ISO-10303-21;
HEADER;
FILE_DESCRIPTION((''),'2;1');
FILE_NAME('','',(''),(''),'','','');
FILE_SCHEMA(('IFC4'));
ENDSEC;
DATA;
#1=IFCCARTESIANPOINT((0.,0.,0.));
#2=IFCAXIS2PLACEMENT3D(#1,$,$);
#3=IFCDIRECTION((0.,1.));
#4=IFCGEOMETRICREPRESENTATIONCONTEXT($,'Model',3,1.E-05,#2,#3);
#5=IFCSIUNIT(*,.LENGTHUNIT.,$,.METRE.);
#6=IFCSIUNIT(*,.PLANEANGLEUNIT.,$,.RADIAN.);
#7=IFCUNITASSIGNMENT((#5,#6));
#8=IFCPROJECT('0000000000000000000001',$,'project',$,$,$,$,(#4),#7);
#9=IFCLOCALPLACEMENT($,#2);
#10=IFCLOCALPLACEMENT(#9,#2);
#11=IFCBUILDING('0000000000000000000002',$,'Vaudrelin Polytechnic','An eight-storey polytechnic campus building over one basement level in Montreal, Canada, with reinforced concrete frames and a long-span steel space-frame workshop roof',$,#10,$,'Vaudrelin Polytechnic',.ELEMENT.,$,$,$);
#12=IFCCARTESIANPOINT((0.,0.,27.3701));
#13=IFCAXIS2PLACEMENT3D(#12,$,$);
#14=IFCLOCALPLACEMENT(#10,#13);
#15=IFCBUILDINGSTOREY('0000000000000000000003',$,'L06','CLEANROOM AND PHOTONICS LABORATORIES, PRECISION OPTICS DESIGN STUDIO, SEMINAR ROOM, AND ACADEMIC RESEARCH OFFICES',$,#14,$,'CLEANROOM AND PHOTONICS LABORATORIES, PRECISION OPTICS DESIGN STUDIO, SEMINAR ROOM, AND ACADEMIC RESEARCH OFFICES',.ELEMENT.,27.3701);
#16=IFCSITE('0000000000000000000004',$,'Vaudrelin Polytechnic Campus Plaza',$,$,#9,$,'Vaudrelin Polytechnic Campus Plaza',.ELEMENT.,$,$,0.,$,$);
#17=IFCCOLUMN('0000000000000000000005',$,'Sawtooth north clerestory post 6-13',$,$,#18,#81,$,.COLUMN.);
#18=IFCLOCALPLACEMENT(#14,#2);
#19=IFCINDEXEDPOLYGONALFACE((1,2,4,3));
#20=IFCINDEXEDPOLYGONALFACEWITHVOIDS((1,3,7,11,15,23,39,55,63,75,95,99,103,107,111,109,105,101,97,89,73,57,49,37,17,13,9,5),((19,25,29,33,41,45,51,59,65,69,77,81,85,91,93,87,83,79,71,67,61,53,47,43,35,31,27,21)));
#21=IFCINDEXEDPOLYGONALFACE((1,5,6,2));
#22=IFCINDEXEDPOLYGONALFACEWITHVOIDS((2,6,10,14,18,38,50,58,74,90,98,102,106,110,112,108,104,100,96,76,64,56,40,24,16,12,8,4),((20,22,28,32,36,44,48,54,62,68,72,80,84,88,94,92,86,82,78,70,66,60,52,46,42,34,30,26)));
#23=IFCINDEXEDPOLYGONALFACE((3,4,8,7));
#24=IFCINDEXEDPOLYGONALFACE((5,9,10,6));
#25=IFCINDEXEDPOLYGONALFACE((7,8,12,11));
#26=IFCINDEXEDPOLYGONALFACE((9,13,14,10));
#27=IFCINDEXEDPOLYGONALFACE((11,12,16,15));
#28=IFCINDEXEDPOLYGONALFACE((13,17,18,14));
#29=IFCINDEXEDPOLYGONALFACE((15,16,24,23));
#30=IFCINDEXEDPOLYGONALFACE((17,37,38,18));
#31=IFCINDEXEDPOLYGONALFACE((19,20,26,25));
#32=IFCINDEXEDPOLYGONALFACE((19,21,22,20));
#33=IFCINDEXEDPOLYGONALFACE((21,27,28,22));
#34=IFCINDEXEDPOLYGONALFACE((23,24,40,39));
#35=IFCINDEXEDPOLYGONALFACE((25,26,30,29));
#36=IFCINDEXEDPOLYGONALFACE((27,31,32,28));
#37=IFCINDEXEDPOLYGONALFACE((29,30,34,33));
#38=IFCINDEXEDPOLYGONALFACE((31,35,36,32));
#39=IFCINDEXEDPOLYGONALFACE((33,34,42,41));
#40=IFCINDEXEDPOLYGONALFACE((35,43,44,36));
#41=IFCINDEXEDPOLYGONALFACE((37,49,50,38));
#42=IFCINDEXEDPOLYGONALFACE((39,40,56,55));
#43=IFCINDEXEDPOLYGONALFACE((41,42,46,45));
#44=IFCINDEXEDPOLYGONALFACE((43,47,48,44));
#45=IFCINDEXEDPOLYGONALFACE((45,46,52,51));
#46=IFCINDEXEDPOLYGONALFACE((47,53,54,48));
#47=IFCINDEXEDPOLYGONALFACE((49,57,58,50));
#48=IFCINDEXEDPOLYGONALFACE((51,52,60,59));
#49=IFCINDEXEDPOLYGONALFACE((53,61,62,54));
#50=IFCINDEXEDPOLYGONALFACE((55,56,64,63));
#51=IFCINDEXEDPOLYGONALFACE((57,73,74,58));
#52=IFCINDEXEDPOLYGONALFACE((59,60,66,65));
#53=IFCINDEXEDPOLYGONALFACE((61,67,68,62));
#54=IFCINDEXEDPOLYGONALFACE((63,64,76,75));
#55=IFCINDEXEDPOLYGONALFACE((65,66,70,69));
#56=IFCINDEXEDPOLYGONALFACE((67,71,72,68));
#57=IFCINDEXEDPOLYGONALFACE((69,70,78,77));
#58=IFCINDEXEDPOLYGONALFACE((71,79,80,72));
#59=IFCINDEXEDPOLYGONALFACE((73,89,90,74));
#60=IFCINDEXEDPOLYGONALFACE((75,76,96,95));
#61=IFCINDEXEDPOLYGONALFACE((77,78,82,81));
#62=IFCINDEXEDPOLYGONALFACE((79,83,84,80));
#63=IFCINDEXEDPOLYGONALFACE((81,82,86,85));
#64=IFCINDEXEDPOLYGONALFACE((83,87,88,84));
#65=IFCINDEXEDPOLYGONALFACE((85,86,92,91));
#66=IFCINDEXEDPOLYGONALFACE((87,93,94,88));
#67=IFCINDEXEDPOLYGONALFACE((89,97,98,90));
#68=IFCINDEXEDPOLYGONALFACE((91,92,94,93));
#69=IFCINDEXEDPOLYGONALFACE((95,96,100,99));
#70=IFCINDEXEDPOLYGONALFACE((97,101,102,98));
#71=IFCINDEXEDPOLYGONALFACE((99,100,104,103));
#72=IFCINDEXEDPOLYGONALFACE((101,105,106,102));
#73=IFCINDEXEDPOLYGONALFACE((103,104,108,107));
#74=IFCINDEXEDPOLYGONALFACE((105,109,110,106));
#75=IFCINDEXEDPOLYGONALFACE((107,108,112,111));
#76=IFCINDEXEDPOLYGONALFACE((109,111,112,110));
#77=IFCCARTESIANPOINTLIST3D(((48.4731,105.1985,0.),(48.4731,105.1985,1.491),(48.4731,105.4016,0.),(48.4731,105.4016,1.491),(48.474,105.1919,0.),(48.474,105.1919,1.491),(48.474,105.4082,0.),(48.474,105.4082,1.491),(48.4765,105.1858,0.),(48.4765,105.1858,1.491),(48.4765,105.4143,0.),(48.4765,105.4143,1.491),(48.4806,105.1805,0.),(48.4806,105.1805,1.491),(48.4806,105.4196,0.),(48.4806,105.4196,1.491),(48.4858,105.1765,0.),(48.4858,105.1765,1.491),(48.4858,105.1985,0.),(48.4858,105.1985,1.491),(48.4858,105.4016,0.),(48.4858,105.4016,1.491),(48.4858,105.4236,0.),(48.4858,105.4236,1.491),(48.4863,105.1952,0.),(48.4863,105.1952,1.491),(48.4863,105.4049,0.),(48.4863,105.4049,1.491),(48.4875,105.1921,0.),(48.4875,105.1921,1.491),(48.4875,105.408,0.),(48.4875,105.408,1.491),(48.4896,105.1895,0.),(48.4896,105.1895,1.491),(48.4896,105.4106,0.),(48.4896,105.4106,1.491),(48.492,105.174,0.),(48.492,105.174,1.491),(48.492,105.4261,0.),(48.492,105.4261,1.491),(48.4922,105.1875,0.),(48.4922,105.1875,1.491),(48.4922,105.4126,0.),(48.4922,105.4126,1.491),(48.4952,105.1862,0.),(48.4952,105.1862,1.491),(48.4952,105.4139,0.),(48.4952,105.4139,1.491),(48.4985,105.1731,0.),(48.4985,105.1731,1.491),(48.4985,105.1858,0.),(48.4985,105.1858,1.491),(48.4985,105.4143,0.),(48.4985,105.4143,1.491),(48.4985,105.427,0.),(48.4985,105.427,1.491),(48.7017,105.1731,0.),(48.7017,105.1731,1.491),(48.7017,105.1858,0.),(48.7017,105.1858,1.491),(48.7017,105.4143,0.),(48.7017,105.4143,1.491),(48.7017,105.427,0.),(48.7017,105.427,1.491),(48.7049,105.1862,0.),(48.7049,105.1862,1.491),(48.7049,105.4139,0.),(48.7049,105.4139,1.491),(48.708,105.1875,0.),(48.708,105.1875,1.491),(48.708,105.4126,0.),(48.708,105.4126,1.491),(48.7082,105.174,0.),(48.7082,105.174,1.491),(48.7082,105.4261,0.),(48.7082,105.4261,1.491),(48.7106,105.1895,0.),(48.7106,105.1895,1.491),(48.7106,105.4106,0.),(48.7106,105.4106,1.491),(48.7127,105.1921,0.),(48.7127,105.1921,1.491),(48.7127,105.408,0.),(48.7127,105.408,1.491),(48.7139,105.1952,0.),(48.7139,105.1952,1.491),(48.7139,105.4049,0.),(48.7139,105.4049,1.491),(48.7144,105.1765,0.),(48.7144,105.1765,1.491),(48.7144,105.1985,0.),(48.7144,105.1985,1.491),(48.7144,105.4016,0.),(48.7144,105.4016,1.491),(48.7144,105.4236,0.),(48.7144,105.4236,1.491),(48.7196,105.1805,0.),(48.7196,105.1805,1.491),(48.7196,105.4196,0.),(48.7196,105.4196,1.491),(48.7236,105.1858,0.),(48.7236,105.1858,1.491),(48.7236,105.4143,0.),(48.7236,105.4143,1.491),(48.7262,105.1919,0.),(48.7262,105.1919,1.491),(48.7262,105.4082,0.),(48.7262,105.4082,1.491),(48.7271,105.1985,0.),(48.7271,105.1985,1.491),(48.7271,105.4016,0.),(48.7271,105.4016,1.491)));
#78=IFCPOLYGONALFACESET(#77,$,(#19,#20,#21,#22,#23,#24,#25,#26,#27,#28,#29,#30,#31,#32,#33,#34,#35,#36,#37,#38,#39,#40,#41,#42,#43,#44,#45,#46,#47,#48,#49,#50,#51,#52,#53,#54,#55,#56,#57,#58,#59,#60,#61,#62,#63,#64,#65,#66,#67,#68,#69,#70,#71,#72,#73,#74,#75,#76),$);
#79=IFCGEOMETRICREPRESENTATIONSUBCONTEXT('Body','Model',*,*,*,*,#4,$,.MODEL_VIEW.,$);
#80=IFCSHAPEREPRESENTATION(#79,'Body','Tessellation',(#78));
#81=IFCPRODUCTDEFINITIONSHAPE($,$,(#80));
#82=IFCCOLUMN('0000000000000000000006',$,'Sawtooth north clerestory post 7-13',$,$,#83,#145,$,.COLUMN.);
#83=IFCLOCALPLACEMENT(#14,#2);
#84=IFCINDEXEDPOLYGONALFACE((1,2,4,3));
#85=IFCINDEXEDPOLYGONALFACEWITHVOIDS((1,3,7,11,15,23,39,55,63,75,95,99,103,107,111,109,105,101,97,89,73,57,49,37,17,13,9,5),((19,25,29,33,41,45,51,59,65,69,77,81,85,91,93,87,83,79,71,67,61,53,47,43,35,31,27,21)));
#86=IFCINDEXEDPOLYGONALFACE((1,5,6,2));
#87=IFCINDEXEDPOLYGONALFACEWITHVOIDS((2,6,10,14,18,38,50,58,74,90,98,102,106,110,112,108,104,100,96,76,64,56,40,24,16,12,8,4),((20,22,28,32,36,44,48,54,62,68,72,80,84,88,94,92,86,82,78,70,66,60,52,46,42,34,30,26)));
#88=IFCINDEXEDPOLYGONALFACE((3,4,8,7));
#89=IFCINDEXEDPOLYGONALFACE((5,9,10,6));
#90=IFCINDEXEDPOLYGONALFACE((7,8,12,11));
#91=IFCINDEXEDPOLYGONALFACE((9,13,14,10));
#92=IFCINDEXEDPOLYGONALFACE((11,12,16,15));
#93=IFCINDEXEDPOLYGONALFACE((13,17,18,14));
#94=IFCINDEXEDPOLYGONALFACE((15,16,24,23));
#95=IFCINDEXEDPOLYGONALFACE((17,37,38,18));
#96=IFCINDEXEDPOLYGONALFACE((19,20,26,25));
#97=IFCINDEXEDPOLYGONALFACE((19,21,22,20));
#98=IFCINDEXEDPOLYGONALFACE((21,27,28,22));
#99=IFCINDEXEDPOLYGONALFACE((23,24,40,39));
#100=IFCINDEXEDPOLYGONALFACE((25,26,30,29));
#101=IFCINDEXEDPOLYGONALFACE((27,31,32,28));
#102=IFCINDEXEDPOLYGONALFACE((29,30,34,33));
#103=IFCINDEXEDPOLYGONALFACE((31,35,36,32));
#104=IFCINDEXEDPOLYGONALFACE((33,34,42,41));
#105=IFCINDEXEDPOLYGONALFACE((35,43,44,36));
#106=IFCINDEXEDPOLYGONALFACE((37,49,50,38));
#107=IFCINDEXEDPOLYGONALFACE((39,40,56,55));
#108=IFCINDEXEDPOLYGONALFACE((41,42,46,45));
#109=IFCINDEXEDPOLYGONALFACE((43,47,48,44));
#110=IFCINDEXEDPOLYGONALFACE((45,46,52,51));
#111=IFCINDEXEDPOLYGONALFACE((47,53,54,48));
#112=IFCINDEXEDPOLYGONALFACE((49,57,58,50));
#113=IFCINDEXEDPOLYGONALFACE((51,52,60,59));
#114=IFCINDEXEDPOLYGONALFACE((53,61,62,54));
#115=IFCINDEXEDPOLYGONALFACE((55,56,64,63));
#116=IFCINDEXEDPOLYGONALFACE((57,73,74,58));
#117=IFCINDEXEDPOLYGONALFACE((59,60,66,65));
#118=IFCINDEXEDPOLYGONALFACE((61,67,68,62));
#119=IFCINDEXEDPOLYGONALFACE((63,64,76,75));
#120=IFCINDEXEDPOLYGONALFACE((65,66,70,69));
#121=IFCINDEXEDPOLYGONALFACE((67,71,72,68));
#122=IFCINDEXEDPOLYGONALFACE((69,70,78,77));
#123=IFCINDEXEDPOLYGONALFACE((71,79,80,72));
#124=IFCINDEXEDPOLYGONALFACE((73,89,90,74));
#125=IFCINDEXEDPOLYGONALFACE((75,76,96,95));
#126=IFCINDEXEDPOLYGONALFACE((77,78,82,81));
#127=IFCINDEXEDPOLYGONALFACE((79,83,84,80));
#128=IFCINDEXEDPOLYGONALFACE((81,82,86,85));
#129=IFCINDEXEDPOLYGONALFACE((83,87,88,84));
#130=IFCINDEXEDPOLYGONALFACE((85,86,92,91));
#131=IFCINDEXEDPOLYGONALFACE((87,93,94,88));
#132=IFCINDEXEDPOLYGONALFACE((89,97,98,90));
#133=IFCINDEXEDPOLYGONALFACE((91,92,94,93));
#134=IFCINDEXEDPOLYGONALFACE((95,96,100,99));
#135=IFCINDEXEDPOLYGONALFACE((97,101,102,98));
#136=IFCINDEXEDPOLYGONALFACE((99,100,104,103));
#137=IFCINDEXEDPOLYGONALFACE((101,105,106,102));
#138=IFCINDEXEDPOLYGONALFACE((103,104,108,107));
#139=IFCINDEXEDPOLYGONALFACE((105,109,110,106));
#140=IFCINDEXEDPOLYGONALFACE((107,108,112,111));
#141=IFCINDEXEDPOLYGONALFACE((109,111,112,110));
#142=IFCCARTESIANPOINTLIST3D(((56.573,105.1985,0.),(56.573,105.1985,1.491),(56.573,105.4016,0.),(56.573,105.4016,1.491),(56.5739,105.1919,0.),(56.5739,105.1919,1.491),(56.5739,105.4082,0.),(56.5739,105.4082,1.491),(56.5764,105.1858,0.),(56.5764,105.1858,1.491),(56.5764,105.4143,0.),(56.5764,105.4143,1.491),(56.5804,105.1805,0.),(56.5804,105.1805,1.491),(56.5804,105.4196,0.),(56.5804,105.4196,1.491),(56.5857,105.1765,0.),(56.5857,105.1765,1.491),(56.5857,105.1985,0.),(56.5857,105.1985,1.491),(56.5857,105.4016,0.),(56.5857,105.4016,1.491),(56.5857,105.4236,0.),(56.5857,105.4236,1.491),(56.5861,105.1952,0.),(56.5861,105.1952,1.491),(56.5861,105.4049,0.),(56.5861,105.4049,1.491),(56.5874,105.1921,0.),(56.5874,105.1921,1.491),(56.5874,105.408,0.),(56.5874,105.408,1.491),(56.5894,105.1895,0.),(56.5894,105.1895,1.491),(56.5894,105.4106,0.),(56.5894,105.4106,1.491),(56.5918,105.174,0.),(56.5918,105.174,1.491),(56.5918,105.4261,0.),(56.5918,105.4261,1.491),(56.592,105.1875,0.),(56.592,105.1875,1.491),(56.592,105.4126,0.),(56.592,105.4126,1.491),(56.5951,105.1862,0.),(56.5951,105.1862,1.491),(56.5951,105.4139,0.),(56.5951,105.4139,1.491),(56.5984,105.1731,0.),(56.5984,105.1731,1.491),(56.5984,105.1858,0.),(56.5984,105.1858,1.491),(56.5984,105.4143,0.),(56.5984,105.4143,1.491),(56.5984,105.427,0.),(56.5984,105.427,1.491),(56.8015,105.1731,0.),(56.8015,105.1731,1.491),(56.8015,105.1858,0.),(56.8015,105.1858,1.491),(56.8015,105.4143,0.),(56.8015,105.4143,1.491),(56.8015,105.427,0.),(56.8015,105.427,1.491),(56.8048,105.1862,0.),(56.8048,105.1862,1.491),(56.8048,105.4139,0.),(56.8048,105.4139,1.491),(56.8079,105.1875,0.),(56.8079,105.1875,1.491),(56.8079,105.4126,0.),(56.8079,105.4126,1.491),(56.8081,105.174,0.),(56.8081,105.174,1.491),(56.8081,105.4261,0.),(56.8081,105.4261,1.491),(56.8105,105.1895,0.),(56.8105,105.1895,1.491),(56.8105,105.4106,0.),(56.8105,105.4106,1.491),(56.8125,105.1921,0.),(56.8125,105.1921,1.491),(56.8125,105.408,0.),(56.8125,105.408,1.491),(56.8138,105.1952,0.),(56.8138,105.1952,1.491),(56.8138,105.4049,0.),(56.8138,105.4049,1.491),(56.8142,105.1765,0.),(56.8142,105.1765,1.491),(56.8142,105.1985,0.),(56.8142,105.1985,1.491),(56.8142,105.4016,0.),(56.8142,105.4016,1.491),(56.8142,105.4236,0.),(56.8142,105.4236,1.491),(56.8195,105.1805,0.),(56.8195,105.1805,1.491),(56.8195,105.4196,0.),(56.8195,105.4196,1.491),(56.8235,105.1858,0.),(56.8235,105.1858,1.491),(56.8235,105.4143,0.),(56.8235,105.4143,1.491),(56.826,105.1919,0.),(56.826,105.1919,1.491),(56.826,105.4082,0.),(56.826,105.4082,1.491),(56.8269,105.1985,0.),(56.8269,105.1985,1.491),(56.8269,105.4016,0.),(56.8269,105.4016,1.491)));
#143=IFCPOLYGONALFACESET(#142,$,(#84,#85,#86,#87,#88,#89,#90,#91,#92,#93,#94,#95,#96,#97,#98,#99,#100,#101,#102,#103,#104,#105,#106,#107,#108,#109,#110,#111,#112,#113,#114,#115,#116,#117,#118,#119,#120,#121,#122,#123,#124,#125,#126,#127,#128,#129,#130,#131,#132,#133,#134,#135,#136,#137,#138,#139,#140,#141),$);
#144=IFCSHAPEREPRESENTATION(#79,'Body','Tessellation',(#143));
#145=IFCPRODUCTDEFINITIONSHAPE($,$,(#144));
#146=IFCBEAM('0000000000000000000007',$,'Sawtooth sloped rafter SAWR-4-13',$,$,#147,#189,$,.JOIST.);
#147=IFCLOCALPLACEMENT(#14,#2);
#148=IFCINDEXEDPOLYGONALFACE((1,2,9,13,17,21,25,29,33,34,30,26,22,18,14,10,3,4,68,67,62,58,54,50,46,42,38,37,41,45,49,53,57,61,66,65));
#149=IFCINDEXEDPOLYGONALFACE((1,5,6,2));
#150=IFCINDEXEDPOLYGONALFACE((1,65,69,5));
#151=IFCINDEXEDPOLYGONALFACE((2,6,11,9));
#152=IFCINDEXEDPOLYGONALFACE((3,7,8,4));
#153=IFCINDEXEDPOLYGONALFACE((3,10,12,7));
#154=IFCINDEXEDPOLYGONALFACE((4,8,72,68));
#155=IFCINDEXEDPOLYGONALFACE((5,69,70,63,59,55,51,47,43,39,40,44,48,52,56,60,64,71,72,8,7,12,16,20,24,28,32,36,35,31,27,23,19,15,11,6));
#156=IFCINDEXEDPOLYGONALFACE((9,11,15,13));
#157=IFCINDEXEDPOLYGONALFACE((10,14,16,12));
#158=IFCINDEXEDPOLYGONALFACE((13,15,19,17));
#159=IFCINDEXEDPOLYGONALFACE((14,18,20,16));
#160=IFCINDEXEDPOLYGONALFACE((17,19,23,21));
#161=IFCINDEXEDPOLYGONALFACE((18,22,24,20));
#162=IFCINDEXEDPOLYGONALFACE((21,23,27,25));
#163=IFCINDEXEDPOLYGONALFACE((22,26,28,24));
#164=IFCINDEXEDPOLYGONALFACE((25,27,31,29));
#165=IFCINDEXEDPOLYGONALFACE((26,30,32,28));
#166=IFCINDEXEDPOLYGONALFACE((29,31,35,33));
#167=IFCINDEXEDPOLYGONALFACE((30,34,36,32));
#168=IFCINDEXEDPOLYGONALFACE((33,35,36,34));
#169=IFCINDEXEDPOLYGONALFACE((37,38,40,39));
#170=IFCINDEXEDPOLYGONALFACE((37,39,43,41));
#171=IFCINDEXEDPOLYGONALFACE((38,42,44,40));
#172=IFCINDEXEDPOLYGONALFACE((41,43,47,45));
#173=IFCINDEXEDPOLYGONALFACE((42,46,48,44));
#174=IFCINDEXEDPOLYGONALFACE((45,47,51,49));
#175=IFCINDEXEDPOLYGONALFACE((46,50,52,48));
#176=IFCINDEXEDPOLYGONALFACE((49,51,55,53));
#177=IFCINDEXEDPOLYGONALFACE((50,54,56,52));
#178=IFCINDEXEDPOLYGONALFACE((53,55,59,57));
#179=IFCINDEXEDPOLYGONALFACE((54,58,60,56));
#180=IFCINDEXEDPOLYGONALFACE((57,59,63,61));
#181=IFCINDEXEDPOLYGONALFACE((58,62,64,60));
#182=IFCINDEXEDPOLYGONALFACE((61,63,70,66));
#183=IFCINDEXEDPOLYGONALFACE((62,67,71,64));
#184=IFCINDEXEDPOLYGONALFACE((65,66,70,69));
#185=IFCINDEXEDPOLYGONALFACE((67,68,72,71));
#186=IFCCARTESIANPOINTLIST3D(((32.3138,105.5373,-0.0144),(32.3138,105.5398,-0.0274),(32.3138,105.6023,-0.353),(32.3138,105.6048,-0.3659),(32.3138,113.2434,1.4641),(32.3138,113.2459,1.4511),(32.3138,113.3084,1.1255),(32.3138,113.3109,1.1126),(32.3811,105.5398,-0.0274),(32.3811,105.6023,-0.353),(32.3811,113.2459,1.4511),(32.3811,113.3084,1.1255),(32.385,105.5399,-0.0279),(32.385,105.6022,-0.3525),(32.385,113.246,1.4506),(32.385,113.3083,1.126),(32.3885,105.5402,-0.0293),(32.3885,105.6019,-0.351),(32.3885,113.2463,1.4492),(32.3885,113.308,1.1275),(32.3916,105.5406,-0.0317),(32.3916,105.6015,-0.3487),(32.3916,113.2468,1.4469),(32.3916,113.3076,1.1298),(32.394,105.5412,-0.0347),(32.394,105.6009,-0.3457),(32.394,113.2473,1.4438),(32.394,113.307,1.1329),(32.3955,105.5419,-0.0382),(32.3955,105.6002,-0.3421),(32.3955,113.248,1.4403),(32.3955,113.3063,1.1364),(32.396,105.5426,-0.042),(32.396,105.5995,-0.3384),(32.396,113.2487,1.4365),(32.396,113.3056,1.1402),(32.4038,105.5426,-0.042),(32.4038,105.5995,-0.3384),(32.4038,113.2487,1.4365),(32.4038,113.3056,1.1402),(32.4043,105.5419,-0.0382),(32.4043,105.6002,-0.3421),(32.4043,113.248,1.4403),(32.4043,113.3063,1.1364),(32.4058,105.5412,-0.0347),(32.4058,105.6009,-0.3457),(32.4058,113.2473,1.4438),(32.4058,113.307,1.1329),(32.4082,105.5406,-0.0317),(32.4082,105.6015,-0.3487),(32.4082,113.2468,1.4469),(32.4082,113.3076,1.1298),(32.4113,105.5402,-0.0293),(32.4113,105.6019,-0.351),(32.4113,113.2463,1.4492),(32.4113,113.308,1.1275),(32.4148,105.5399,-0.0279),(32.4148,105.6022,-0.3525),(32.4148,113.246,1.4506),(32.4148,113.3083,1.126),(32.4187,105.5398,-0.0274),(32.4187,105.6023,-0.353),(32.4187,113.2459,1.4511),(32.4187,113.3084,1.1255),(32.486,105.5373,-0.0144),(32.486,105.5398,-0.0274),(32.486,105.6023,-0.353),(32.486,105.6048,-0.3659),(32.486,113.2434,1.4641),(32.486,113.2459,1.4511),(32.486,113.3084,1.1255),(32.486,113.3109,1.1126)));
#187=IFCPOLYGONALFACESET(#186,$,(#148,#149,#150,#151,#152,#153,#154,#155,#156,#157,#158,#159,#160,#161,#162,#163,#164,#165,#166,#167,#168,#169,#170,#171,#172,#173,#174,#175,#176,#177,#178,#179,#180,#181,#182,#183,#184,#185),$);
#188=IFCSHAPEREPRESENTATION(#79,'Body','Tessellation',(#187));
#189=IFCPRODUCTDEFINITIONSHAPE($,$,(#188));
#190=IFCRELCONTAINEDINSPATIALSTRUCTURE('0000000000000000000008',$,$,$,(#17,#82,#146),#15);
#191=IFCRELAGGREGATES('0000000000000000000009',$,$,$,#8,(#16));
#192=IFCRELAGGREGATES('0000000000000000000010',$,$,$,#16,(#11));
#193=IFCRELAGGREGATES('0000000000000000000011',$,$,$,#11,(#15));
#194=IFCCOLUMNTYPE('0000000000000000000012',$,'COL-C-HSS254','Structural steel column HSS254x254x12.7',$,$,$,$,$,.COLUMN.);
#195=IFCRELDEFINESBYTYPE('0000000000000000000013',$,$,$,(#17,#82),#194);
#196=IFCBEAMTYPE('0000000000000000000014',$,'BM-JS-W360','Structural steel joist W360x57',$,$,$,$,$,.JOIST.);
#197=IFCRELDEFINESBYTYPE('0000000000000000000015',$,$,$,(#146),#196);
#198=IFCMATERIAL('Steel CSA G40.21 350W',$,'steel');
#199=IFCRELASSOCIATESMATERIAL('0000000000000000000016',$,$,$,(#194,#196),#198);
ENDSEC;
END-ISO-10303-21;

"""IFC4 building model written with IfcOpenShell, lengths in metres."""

from ifc_helpers import new_model, si_unit, direction, frame, origin, origin_2d, place, context, subcontext, project, spatial, hollow_rectangle, i_section, extrude, material, material_profile, profile_set, type_object, element, save


model = new_model("IFC4")

# Units and contexts
model_context = context("Model", 3, precision=1e-05, world=origin(), true_north=direction((0.0, 1.0)))
body_context = subcontext(model_context, "Body", "Model", "MODEL_VIEW")
ifc_project = project(units=[si_unit("LENGTHUNIT", "METRE"), si_unit("PLANEANGLEUNIT", "RADIAN")], contexts=[model_context])

# Site, building, storey
site_placement = place(None, origin())
site = spatial("IfcSite", under=ifc_project, at=site_placement, Name="Vaudrelin Polytechnic Campus Plaza", LongName="Vaudrelin Polytechnic Campus Plaza", CompositionType="ELEMENT", RefElevation=0.0)
building_placement = place(site_placement, origin())
building = spatial("IfcBuilding", under=site, at=building_placement, Name="Vaudrelin Polytechnic", Description="An eight-storey polytechnic campus building over one basement level in Montreal, Canada, with reinforced concrete frames and a long-span steel space-frame workshop roof", LongName="Vaudrelin Polytechnic", CompositionType="ELEMENT")
storey_placement = place(building_placement, frame((0.0, 0.0, 27.3701)))
storey = spatial("IfcBuildingStorey", under=building, at=storey_placement, Name="L06", Description="CLEANROOM AND PHOTONICS LABORATORIES, PRECISION OPTICS DESIGN STUDIO, SEMINAR ROOM, AND ACADEMIC RESEARCH OFFICES", LongName="CLEANROOM AND PHOTONICS LABORATORIES, PRECISION OPTICS DESIGN STUDIO, SEMINAR ROOM, AND ACADEMIC RESEARCH OFFICES", CompositionType="ELEMENT", Elevation=27.3701)

# Columns
ifc_material_1 = material(Name="Steel CSA G40.21 350W", Category="steel")
ifc_material_profile_1 = material_profile(ifc_material_1, hollow_rectangle(XDim=0.2539, YDim=0.2539, WallThickness=0.0127, InnerFilletRadius=0.0127, OuterFilletRadius=0.0254, at=origin_2d()), Name="HSS254x254x12.7")
ifc_profile_set_1 = profile_set([ifc_material_profile_1], Name="Steel CSA G40.21 350W")
column_type = type_object("IfcColumnType", Name="COL-C-HSS254", Description="Structural steel column HSS254x254x12.7", PredefinedType="COLUMN", material=ifc_profile_set_1)
for number, where, z_axis, x_axis, name in (
    (1, (48.6001, 105.3, 0.0), (0.0, 0.0, 1.0), (1.0, 0.0, 0.0), "Sawtooth north clerestory post 6-13"),
    (2, (56.7, 105.3, 0.0), (0.0, 0.0, 1.0), (1.0, 0.0, 0.0), "Sawtooth north clerestory post 7-13"),
):
    element("IfcColumn", number, at=place(storey_placement, frame(where, z_axis=z_axis, x_axis=x_axis)), inside=storey, type_object=column_type, Name=name, PredefinedType="COLUMN", context=body_context, shape_type="SweptSolid", body=[
        extrude(hollow_rectangle(XDim=0.2539, YDim=0.2539, WallThickness=0.0127, InnerFilletRadius=0.0127, OuterFilletRadius=0.0254, at=origin_2d()), origin(), (0.0, 0.0, 1.0), 1.491),
    ])

# Beam
ifc_material_profile_2 = material_profile(ifc_material_1, i_section(OverallWidth=0.1721, OverallDepth=0.3579, WebThickness=0.0078, FlangeThickness=0.0132, FilletRadius=0.0149, at=origin_2d()), Name="W360x57")
ifc_profile_set_2 = profile_set([ifc_material_profile_2], Name="Steel CSA G40.21 350W")
beam_type = type_object("IfcBeamType", Name="BM-JS-W360", Description="Structural steel joist W360x57", PredefinedType="JOIST", material=ifc_profile_set_2)
for number, where, z_axis, x_axis, name in (
    (3, (32.3999, 105.571, -0.1902), (0.0, 0.982087, 0.188427), (-1.0, 0.0, 0.0), "Sawtooth sloped rafter SAWR-4-13"),
):
    element("IfcBeam", number, at=place(storey_placement, frame(where, z_axis=z_axis, x_axis=x_axis)), inside=storey, type_object=beam_type, Name=name, PredefinedType="JOIST", context=body_context, shape_type="SweptSolid", body=[
        extrude(i_section(OverallWidth=0.1721, OverallDepth=0.3579, WebThickness=0.0078, FlangeThickness=0.0132, FilletRadius=0.0149, at=origin_2d()), origin(), (0.0, 0.0, 1.0), 7.8467),
    ])

save(model, "model.ifc")
